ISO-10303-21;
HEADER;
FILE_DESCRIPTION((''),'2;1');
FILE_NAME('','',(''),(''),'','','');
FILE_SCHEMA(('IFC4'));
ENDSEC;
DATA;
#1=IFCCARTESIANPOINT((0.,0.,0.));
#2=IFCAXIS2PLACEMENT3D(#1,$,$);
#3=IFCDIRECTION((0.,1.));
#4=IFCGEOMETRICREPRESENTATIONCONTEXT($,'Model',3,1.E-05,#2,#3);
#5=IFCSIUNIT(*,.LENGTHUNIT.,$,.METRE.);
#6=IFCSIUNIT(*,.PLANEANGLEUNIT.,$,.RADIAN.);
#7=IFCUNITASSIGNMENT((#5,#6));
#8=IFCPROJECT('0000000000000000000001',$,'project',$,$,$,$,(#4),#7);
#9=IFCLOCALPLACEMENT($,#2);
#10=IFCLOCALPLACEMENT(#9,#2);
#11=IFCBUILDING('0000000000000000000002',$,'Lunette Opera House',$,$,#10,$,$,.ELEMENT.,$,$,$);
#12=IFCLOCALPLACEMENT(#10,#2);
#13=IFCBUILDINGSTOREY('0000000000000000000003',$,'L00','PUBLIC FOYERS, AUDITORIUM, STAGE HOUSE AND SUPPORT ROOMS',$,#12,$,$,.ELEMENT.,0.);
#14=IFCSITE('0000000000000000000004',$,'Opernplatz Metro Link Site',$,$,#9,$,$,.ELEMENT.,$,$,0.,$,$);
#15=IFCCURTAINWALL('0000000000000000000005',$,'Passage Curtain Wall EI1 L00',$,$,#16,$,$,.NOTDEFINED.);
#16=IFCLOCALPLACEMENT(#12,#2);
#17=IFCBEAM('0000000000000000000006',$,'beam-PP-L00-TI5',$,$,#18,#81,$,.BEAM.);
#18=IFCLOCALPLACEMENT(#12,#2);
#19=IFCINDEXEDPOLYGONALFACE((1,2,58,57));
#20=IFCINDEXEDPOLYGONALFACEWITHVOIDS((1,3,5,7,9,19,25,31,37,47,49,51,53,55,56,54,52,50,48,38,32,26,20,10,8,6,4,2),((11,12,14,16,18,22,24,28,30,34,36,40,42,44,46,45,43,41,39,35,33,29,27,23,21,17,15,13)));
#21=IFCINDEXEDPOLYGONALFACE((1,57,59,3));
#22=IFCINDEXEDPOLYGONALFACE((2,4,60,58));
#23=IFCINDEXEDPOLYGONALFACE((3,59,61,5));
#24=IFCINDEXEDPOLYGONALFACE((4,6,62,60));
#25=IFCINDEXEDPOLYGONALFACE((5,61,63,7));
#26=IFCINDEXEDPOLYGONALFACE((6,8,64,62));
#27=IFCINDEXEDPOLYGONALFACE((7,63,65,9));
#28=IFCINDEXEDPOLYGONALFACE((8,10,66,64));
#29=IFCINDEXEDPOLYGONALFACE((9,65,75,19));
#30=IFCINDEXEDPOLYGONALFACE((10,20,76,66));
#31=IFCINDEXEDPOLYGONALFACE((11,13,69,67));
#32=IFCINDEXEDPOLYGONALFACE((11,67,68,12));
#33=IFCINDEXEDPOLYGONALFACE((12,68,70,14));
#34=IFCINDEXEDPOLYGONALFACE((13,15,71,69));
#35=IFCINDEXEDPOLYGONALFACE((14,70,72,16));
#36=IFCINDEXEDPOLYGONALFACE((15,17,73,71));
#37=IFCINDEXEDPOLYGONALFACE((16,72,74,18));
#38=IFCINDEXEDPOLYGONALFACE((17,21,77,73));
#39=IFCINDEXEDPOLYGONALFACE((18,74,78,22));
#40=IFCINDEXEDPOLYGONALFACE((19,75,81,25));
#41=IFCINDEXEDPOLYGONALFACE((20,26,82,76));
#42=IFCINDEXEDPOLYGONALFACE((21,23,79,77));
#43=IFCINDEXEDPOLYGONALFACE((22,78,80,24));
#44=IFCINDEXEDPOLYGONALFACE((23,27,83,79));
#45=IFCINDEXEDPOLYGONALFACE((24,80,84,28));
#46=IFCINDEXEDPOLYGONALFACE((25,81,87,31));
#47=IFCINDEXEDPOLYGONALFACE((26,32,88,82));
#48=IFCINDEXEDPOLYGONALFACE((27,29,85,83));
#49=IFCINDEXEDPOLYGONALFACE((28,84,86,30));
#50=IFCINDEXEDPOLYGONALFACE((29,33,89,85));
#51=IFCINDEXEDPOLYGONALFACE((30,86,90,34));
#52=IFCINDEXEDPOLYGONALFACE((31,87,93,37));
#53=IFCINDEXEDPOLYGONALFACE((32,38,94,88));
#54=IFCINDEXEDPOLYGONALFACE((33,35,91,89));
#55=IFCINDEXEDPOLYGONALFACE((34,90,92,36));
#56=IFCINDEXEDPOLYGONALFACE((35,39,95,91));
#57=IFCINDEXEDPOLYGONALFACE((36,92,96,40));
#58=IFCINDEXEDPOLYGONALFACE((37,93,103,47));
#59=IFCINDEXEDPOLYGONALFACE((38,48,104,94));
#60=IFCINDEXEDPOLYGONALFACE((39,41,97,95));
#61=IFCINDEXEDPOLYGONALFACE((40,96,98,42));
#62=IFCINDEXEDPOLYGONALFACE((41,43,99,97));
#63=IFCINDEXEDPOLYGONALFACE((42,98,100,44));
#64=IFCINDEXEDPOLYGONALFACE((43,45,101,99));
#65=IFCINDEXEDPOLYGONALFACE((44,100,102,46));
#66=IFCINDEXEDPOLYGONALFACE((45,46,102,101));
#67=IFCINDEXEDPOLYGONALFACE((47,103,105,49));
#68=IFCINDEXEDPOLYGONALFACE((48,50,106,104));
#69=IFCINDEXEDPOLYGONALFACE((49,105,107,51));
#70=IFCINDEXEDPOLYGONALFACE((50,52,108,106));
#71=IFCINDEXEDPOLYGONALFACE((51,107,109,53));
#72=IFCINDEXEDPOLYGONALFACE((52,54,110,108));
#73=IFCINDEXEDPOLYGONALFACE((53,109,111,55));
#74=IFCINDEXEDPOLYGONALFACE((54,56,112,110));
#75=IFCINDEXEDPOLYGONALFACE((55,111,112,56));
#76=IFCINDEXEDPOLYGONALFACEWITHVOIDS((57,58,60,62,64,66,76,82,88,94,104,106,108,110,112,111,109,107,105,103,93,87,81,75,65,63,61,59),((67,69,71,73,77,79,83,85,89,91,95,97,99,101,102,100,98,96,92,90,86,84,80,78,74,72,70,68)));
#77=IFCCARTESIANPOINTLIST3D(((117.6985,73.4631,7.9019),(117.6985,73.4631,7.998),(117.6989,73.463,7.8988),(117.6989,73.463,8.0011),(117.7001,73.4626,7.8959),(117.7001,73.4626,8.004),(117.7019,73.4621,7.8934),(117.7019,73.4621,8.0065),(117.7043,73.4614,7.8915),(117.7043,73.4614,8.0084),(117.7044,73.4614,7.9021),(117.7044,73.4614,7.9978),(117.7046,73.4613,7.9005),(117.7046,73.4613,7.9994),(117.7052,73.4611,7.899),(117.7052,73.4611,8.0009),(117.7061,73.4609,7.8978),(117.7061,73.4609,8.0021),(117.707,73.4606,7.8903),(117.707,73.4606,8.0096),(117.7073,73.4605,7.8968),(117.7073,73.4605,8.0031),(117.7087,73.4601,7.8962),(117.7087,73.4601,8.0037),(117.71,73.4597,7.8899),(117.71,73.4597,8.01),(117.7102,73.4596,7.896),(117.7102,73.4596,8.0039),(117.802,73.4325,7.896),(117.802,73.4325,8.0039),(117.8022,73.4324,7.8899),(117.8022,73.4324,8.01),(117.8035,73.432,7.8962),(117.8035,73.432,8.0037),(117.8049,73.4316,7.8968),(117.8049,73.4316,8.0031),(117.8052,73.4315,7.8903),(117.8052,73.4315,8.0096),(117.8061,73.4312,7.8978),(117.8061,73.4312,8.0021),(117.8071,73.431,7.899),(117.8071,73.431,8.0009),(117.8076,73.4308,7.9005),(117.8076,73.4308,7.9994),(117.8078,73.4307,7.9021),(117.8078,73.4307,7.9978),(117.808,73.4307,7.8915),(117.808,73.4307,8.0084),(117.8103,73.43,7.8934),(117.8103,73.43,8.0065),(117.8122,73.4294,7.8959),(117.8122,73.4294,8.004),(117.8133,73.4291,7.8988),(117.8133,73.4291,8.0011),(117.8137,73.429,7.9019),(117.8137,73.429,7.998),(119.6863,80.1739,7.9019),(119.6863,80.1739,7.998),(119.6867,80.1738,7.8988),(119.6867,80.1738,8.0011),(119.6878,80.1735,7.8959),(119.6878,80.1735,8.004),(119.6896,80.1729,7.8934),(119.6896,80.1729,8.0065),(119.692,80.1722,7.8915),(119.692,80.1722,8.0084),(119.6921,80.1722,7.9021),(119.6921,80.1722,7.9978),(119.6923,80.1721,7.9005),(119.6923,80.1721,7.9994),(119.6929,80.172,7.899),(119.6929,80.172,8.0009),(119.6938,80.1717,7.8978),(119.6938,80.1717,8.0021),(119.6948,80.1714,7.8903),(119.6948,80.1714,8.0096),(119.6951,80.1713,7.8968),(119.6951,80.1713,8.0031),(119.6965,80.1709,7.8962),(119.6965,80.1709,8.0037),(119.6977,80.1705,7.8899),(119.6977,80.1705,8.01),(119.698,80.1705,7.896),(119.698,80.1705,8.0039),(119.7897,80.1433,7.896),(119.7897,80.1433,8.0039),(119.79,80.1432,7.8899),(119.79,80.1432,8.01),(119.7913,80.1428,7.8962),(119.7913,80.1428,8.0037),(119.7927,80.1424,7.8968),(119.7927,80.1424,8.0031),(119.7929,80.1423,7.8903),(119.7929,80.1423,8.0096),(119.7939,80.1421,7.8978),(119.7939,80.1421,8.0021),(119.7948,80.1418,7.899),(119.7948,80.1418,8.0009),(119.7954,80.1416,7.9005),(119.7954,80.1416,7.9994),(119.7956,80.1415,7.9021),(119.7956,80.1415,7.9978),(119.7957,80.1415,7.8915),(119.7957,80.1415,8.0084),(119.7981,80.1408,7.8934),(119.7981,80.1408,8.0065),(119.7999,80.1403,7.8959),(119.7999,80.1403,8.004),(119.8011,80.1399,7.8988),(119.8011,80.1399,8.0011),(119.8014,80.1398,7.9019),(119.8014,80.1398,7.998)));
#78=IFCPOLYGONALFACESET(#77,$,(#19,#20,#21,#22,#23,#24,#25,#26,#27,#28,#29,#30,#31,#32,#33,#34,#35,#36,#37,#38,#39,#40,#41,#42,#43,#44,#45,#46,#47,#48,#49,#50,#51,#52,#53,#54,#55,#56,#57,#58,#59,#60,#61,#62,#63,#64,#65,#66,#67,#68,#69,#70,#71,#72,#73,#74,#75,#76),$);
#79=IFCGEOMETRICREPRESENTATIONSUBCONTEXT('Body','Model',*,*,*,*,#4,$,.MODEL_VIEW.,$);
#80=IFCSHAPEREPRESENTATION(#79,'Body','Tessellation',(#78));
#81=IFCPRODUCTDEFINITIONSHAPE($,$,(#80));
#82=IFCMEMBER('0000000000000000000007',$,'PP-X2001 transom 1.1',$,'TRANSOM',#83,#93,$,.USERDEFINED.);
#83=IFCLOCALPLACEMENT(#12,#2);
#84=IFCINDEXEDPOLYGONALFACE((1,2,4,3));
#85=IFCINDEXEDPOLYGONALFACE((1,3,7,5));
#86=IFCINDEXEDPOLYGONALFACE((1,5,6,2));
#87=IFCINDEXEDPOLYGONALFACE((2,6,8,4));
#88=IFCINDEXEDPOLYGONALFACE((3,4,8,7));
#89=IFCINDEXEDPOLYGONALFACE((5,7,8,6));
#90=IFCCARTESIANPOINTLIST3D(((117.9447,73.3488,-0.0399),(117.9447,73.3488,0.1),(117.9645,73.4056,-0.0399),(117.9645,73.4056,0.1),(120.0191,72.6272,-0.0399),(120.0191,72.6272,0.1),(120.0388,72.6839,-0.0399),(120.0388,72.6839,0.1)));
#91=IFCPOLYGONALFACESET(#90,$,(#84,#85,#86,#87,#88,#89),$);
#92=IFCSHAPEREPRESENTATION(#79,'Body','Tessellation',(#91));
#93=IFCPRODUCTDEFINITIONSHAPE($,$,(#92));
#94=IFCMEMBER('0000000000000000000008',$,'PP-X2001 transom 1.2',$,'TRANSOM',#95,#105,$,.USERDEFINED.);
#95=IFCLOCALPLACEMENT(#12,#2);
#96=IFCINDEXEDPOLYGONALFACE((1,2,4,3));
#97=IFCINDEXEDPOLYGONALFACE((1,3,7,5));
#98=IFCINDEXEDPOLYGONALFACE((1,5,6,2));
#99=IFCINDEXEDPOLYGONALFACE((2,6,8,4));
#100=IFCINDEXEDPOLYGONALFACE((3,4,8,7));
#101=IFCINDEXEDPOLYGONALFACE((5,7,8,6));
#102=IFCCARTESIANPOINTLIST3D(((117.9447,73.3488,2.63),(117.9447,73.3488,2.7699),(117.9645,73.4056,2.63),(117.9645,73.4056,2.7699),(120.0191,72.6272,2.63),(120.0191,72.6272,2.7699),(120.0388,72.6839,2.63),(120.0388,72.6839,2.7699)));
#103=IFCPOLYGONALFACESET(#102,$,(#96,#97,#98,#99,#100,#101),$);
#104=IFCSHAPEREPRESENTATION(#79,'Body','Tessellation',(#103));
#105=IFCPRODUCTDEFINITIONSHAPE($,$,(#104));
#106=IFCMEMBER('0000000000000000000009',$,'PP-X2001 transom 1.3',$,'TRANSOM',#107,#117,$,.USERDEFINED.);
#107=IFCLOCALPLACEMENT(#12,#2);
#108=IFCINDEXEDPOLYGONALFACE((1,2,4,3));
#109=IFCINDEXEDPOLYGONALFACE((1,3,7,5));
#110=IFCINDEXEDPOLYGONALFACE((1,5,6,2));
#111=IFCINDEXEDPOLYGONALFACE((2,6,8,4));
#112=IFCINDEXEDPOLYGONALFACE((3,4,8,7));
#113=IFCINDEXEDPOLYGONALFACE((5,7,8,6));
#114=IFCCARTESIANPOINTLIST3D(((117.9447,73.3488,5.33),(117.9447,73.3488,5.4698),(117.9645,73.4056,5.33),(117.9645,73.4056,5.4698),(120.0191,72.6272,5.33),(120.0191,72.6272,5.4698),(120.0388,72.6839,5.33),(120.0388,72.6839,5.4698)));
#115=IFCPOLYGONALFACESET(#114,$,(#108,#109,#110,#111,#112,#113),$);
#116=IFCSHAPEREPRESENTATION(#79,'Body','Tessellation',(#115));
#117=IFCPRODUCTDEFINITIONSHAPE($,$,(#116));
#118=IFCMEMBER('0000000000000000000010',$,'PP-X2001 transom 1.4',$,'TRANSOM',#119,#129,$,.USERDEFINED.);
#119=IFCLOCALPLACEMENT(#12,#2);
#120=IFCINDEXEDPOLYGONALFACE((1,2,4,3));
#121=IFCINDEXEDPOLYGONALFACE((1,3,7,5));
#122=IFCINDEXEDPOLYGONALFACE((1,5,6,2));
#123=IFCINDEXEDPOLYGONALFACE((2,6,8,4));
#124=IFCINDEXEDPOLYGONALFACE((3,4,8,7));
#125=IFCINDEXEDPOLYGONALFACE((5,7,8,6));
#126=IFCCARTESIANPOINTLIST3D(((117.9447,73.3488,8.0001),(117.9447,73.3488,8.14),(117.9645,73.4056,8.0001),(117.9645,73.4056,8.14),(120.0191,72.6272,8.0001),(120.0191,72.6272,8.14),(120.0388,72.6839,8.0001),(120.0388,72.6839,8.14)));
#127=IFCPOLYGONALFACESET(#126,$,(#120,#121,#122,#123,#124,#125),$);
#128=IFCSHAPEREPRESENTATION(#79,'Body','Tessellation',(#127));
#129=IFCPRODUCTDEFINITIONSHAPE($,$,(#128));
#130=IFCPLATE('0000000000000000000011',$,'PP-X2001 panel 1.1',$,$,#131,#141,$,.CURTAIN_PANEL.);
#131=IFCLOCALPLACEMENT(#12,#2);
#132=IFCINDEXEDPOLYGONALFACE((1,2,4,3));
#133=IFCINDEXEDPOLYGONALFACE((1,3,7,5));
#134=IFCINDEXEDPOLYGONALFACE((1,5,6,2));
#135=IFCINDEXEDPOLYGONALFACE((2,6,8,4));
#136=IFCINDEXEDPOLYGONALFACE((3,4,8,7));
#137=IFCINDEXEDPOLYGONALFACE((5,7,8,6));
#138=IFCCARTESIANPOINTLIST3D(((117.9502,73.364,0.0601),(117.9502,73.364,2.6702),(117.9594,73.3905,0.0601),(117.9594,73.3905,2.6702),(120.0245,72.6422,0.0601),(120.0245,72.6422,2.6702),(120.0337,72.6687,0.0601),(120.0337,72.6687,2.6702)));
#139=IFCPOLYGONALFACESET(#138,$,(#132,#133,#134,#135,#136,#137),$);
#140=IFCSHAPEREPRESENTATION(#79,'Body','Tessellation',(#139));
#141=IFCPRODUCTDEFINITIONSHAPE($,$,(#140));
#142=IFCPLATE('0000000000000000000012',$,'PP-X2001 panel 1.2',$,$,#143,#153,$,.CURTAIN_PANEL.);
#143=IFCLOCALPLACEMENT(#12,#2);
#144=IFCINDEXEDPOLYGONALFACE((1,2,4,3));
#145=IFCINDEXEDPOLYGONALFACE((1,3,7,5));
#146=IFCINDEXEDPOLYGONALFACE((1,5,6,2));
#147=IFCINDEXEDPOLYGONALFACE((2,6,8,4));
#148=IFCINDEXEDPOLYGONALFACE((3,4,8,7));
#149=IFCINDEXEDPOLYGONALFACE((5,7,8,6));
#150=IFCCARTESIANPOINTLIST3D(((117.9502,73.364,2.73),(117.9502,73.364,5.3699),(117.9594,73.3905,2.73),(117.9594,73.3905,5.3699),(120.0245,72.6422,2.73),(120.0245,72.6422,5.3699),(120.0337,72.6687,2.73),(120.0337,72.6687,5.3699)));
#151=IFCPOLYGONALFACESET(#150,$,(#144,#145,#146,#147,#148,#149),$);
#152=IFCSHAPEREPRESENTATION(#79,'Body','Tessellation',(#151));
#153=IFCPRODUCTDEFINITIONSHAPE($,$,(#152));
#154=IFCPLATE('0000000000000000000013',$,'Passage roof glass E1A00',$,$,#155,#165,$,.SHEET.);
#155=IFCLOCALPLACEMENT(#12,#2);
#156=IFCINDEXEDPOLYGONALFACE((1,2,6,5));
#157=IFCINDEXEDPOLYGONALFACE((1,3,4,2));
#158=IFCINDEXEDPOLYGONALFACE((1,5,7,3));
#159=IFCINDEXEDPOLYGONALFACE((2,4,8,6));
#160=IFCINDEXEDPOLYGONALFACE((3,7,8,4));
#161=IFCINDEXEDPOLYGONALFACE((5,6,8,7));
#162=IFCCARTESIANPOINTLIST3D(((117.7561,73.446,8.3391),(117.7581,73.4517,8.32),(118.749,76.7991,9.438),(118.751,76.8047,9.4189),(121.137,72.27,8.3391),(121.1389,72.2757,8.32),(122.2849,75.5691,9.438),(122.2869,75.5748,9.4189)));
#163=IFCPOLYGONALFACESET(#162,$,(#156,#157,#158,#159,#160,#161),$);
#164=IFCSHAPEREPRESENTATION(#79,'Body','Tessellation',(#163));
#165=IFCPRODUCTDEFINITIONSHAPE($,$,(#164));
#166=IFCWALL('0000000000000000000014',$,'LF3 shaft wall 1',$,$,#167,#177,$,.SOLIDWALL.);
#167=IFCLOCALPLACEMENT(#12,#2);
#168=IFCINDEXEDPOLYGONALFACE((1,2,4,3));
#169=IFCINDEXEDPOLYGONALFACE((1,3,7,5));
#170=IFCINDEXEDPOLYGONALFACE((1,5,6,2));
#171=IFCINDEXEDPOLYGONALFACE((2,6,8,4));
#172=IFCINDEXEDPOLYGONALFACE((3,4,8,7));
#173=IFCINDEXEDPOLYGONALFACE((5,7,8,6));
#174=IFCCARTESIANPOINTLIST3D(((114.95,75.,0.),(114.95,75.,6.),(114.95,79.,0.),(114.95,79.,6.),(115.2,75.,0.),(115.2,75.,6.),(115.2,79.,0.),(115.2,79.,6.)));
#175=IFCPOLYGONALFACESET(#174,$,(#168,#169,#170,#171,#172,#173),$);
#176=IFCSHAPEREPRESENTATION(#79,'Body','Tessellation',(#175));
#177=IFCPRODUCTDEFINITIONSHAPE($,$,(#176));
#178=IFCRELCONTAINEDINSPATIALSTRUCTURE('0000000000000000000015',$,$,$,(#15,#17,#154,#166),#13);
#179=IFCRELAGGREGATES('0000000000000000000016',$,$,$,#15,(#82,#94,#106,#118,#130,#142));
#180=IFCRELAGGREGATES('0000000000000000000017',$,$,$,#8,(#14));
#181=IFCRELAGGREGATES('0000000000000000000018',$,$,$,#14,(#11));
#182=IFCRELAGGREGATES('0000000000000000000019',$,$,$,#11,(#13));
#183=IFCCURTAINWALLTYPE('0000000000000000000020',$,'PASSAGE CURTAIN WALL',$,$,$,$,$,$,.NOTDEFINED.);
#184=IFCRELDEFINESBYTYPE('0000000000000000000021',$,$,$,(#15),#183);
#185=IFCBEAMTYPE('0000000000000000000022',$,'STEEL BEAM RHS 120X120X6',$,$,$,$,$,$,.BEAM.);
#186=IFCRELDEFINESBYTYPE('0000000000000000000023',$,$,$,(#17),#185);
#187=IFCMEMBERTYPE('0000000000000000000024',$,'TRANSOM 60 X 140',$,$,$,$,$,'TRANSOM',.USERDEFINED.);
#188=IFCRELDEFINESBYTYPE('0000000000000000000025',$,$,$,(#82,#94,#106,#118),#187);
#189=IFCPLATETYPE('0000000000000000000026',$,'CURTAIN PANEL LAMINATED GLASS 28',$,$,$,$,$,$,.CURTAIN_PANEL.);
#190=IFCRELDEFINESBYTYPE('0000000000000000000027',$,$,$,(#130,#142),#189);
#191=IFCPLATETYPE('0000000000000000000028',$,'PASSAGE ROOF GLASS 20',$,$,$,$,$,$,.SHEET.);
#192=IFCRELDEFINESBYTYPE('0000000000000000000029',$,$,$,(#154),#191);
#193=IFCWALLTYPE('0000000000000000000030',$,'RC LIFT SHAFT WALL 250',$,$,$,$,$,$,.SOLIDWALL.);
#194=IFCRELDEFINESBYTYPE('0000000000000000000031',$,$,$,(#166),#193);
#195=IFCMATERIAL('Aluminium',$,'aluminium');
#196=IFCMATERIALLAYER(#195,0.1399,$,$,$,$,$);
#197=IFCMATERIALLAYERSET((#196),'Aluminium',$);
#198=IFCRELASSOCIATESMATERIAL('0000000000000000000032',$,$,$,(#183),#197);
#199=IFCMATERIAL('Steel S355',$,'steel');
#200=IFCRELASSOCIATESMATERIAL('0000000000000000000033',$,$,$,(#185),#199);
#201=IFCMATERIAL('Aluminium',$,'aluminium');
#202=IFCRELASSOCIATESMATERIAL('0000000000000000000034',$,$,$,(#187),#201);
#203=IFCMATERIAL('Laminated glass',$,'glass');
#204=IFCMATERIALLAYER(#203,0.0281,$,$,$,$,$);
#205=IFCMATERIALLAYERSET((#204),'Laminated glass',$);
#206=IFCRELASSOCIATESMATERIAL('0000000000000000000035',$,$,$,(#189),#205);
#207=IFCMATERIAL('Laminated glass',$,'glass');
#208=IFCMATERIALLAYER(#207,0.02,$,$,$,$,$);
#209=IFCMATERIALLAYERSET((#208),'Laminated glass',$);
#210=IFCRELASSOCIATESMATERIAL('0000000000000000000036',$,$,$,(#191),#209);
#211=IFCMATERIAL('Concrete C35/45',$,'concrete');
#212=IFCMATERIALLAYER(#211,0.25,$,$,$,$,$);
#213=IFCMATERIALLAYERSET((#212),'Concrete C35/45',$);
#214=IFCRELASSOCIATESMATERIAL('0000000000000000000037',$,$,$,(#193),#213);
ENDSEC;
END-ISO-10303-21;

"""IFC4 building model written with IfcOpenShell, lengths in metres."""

from ifc_helpers import new_model, si_unit, direction, frame, frame_2d, origin, origin_2d, place, context, subcontext, project, spatial, polyline, rectangle, hollow_rectangle, outline, extrude, material, layer, layer_set, material_profile, profile_set, type_object, element, aggregate, save


model = new_model("IFC4")

# Units and contexts
model_context = context("Model", 3, precision=1e-05, world=origin(), true_north=direction((0.0, 1.0)))
body_context = subcontext(model_context, "Body", "Model", "MODEL_VIEW")
ifc_project = project(units=[si_unit("LENGTHUNIT", "METRE"), si_unit("PLANEANGLEUNIT", "RADIAN")], contexts=[model_context])

# Site, building, storey
site_placement = place(None, origin())
site = spatial("IfcSite", under=ifc_project, at=site_placement, Name="Opernplatz Metro Link Site", CompositionType="ELEMENT", RefElevation=0.0)
building_placement = place(site_placement, origin())
building = spatial("IfcBuilding", under=site, at=building_placement, Name="Lunette Opera House", CompositionType="ELEMENT")
storey_placement = place(building_placement, origin())
storey = spatial("IfcBuildingStorey", under=building, at=storey_placement, Name="L00", Description="PUBLIC FOYERS, AUDITORIUM, STAGE HOUSE AND SUPPORT ROOMS", CompositionType="ELEMENT", Elevation=0.0)

# Curtain wall
ifc_material_1 = material(Name="Aluminium", Category="aluminium")
ifc_layer_1 = layer(ifc_material_1, 0.1399)
ifc_layer_set_1 = layer_set([ifc_layer_1], Name="Aluminium")
curtain_wall_type = type_object("IfcCurtainWallType", Name="PASSAGE CURTAIN WALL", PredefinedType="NOTDEFINED", material=ifc_layer_set_1)
curtain_wall_placement = place(storey_placement, origin())
curtain_wall = element("IfcCurtainWall", 1, at=curtain_wall_placement, inside=storey, type_object=curtain_wall_type, Name="Passage Curtain Wall EI1 L00", PredefinedType="NOTDEFINED")

# Beam
ifc_material_2 = material(Name="Steel S355", Category="steel")
ifc_material_profile_1 = material_profile(ifc_material_2, hollow_rectangle(XDim=0.1201, YDim=0.1201, WallThickness=0.0061, InnerFilletRadius=0.0061, OuterFilletRadius=0.012, at=origin_2d()), Name="RHS 120X120X6")
ifc_profile_set_1 = profile_set([ifc_material_profile_1], Name="Steel S355")
beam_type_1 = type_object("IfcBeamType", Name="STEEL BEAM RHS 120X120X6", PredefinedType="BEAM", material=ifc_profile_set_1)
beam_1_placement = place(storey_placement, frame((117.7561, 73.446, 7.95), z_axis=(0.284005, 0.958823, 0.0), x_axis=(-0.958823, 0.284005, 0.0)))
element("IfcBeam", 2, at=beam_1_placement, inside=storey, type_object=beam_type_1, Name="beam-PP-L00-TI5", PredefinedType="BEAM", context=body_context, shape_type="SweptSolid", body=[
    extrude(hollow_rectangle(XDim=0.1201, YDim=0.1201, WallThickness=0.0061, InnerFilletRadius=0.0061, OuterFilletRadius=0.012, at=origin_2d()), origin(), (0.0, 0.0, 1.0), 6.999),
])

# Members
ifc_material_3 = material(Name="Aluminium", Category="aluminium")
ifc_material_profile_2 = material_profile(ifc_material_3, rectangle(XDim=0.0601, YDim=0.1399, at=origin_2d()), Name="TRANSOM 60 X 140")
ifc_profile_set_2 = profile_set([ifc_material_profile_2], Name="Aluminium")
member_type_1 = type_object("IfcMemberType", Name="TRANSOM 60 X 140", ElementType="TRANSOM", PredefinedType="USERDEFINED", material=ifc_profile_set_2)
member_1_placement = place(storey_placement, frame((117.9546, 73.3772, 0.03), z_axis=(0.944479, -0.328572, 0.0), x_axis=(0.328572, 0.944479, 0.0)))
member_1 = element("IfcMember", 3, at=member_1_placement, type_object=member_type_1, Name="PP-X2001 transom 1.1", ObjectType="TRANSOM", PredefinedType="USERDEFINED", context=body_context, shape_type="SweptSolid", body=[
    extrude(rectangle(XDim=0.0601, YDim=0.1399, at=origin_2d()), origin(), (0.0, 0.0, 1.0), 2.1963),
])
member_2_placement = place(storey_placement, frame((117.9546, 73.3772, 2.7), z_axis=(0.944479, -0.328572, 0.0), x_axis=(0.328572, 0.944479, 0.0)))
member_2 = element("IfcMember", 4, at=member_2_placement, type_object=member_type_1, Name="PP-X2001 transom 1.2", ObjectType="TRANSOM", PredefinedType="USERDEFINED", context=body_context, shape_type="SweptSolid", body=[
    extrude(rectangle(XDim=0.0601, YDim=0.1399, at=origin_2d()), origin(), (0.0, 0.0, 1.0), 2.1963),
])
member_3_placement = place(storey_placement, frame((117.9546, 73.3772, 5.3999), z_axis=(0.944479, -0.328572, 0.0), x_axis=(0.328572, 0.944479, 0.0)))
member_3 = element("IfcMember", 5, at=member_3_placement, type_object=member_type_1, Name="PP-X2001 transom 1.3", ObjectType="TRANSOM", PredefinedType="USERDEFINED", context=body_context, shape_type="SweptSolid", body=[
    extrude(rectangle(XDim=0.0601, YDim=0.1399, at=origin_2d()), origin(), (0.0, 0.0, 1.0), 2.1963),
])
member_4_placement = place(storey_placement, frame((117.9546, 73.3772, 8.0701), z_axis=(0.944479, -0.328572, 0.0), x_axis=(0.328572, 0.944479, 0.0)))
member_4 = element("IfcMember", 6, at=member_4_placement, type_object=member_type_1, Name="PP-X2001 transom 1.4", ObjectType="TRANSOM", PredefinedType="USERDEFINED", context=body_context, shape_type="SweptSolid", body=[
    extrude(rectangle(XDim=0.0601, YDim=0.1399, at=origin_2d()), origin(), (0.0, 0.0, 1.0), 2.1963),
])

# Plates
ifc_material_4 = material(Name="Laminated glass", Category="glass")
ifc_layer_2 = layer(ifc_material_4, 0.0281)
ifc_layer_set_2 = layer_set([ifc_layer_2], Name="Laminated glass")
plate_type_1 = type_object("IfcPlateType", Name="CURTAIN PANEL LAMINATED GLASS 28", PredefinedType="CURTAIN_PANEL", material=ifc_layer_set_2)
plate_1_placement = place(storey_placement, frame((118.9919, 73.0164, 0.0601), z_axis=(0.0, 0.0, 1.0), x_axis=(0.944461, -0.328622, 0.0)))
plate_1 = element("IfcPlate", 7, at=plate_1_placement, type_object=plate_type_1, Name="PP-X2001 panel 1.1", PredefinedType="CURTAIN_PANEL", context=body_context, shape_type="SweptSolid", body=[
    extrude(rectangle(XDim=2.1963, YDim=0.0281, at=origin_2d()), origin(), (0.0, 0.0, 1.0), 2.6101),
])
plate_2_placement = place(storey_placement, frame((118.9919, 73.0164, 2.73), z_axis=(0.0, 0.0, 1.0), x_axis=(0.944461, -0.328622, 0.0)))
plate_2 = element("IfcPlate", 8, at=plate_2_placement, type_object=plate_type_1, Name="PP-X2001 panel 1.2", PredefinedType="CURTAIN_PANEL", context=body_context, shape_type="SweptSolid", body=[
    extrude(rectangle(XDim=2.1963, YDim=0.0281, at=origin_2d()), origin(), (0.0, 0.0, 1.0), 2.6399),
])
aggregate(curtain_wall, [member_1, member_2, member_3, member_4, plate_1, plate_2])
ifc_material_5 = material(Name="Laminated glass", Category="glass")
ifc_layer_3 = layer(ifc_material_5, 0.02)
ifc_layer_set_3 = layer_set([ifc_layer_3], Name="Laminated glass")
plate_type_2 = type_object("IfcPlateType", Name="PASSAGE ROOF GLASS 20", PredefinedType="SHEET", material=ifc_layer_set_3)
plate_3_placement = place(storey_placement, frame((117.7561, 73.446, 8.3391), z_axis=(-0.098591, -0.283428, 0.953912), x_axis=(0.94449, -0.328539, 0.000001)))
element("IfcPlate", 9, at=plate_3_placement, inside=storey, type_object=plate_type_2, Name="Passage roof glass E1A00", PredefinedType="SHEET", context=body_context, shape_type="SweptSolid", body=[
    extrude(outline(polyline([(0.0, 0.0), (3.5796, 0.0), (3.5799, 3.6619), (-0.1638, 3.6619), (0.0, 0.0)])), origin(), (0.0, 0.0, -1.0), 0.02),
])

# Wall
ifc_material_6 = material(Name="Concrete C35/45", Category="concrete")
ifc_layer_4 = layer(ifc_material_6, 0.25)
ifc_layer_set_4 = layer_set([ifc_layer_4], Name="Concrete C35/45")
wall_type_1 = type_object("IfcWallType", Name="RC LIFT SHAFT WALL 250", PredefinedType="SOLIDWALL", material=ifc_layer_set_4)
wall_1_placement = place(storey_placement, frame((115.075, 75.0, 0.0), z_axis=(0.0, 0.0, 1.0), x_axis=(0.0, 1.0, 0.0)))
element("IfcWall", 10, at=wall_1_placement, inside=storey, type_object=wall_type_1, Name="LF3 shaft wall 1", PredefinedType="SOLIDWALL", context=body_context, shape_type="SweptSolid", body=[
    extrude(rectangle(XDim=4.0, YDim=0.25, at=frame_2d((2.0, 0.0))), origin(), (0.0, 0.0, 1.0), 6.0),
])

save(model, "model.ifc")
